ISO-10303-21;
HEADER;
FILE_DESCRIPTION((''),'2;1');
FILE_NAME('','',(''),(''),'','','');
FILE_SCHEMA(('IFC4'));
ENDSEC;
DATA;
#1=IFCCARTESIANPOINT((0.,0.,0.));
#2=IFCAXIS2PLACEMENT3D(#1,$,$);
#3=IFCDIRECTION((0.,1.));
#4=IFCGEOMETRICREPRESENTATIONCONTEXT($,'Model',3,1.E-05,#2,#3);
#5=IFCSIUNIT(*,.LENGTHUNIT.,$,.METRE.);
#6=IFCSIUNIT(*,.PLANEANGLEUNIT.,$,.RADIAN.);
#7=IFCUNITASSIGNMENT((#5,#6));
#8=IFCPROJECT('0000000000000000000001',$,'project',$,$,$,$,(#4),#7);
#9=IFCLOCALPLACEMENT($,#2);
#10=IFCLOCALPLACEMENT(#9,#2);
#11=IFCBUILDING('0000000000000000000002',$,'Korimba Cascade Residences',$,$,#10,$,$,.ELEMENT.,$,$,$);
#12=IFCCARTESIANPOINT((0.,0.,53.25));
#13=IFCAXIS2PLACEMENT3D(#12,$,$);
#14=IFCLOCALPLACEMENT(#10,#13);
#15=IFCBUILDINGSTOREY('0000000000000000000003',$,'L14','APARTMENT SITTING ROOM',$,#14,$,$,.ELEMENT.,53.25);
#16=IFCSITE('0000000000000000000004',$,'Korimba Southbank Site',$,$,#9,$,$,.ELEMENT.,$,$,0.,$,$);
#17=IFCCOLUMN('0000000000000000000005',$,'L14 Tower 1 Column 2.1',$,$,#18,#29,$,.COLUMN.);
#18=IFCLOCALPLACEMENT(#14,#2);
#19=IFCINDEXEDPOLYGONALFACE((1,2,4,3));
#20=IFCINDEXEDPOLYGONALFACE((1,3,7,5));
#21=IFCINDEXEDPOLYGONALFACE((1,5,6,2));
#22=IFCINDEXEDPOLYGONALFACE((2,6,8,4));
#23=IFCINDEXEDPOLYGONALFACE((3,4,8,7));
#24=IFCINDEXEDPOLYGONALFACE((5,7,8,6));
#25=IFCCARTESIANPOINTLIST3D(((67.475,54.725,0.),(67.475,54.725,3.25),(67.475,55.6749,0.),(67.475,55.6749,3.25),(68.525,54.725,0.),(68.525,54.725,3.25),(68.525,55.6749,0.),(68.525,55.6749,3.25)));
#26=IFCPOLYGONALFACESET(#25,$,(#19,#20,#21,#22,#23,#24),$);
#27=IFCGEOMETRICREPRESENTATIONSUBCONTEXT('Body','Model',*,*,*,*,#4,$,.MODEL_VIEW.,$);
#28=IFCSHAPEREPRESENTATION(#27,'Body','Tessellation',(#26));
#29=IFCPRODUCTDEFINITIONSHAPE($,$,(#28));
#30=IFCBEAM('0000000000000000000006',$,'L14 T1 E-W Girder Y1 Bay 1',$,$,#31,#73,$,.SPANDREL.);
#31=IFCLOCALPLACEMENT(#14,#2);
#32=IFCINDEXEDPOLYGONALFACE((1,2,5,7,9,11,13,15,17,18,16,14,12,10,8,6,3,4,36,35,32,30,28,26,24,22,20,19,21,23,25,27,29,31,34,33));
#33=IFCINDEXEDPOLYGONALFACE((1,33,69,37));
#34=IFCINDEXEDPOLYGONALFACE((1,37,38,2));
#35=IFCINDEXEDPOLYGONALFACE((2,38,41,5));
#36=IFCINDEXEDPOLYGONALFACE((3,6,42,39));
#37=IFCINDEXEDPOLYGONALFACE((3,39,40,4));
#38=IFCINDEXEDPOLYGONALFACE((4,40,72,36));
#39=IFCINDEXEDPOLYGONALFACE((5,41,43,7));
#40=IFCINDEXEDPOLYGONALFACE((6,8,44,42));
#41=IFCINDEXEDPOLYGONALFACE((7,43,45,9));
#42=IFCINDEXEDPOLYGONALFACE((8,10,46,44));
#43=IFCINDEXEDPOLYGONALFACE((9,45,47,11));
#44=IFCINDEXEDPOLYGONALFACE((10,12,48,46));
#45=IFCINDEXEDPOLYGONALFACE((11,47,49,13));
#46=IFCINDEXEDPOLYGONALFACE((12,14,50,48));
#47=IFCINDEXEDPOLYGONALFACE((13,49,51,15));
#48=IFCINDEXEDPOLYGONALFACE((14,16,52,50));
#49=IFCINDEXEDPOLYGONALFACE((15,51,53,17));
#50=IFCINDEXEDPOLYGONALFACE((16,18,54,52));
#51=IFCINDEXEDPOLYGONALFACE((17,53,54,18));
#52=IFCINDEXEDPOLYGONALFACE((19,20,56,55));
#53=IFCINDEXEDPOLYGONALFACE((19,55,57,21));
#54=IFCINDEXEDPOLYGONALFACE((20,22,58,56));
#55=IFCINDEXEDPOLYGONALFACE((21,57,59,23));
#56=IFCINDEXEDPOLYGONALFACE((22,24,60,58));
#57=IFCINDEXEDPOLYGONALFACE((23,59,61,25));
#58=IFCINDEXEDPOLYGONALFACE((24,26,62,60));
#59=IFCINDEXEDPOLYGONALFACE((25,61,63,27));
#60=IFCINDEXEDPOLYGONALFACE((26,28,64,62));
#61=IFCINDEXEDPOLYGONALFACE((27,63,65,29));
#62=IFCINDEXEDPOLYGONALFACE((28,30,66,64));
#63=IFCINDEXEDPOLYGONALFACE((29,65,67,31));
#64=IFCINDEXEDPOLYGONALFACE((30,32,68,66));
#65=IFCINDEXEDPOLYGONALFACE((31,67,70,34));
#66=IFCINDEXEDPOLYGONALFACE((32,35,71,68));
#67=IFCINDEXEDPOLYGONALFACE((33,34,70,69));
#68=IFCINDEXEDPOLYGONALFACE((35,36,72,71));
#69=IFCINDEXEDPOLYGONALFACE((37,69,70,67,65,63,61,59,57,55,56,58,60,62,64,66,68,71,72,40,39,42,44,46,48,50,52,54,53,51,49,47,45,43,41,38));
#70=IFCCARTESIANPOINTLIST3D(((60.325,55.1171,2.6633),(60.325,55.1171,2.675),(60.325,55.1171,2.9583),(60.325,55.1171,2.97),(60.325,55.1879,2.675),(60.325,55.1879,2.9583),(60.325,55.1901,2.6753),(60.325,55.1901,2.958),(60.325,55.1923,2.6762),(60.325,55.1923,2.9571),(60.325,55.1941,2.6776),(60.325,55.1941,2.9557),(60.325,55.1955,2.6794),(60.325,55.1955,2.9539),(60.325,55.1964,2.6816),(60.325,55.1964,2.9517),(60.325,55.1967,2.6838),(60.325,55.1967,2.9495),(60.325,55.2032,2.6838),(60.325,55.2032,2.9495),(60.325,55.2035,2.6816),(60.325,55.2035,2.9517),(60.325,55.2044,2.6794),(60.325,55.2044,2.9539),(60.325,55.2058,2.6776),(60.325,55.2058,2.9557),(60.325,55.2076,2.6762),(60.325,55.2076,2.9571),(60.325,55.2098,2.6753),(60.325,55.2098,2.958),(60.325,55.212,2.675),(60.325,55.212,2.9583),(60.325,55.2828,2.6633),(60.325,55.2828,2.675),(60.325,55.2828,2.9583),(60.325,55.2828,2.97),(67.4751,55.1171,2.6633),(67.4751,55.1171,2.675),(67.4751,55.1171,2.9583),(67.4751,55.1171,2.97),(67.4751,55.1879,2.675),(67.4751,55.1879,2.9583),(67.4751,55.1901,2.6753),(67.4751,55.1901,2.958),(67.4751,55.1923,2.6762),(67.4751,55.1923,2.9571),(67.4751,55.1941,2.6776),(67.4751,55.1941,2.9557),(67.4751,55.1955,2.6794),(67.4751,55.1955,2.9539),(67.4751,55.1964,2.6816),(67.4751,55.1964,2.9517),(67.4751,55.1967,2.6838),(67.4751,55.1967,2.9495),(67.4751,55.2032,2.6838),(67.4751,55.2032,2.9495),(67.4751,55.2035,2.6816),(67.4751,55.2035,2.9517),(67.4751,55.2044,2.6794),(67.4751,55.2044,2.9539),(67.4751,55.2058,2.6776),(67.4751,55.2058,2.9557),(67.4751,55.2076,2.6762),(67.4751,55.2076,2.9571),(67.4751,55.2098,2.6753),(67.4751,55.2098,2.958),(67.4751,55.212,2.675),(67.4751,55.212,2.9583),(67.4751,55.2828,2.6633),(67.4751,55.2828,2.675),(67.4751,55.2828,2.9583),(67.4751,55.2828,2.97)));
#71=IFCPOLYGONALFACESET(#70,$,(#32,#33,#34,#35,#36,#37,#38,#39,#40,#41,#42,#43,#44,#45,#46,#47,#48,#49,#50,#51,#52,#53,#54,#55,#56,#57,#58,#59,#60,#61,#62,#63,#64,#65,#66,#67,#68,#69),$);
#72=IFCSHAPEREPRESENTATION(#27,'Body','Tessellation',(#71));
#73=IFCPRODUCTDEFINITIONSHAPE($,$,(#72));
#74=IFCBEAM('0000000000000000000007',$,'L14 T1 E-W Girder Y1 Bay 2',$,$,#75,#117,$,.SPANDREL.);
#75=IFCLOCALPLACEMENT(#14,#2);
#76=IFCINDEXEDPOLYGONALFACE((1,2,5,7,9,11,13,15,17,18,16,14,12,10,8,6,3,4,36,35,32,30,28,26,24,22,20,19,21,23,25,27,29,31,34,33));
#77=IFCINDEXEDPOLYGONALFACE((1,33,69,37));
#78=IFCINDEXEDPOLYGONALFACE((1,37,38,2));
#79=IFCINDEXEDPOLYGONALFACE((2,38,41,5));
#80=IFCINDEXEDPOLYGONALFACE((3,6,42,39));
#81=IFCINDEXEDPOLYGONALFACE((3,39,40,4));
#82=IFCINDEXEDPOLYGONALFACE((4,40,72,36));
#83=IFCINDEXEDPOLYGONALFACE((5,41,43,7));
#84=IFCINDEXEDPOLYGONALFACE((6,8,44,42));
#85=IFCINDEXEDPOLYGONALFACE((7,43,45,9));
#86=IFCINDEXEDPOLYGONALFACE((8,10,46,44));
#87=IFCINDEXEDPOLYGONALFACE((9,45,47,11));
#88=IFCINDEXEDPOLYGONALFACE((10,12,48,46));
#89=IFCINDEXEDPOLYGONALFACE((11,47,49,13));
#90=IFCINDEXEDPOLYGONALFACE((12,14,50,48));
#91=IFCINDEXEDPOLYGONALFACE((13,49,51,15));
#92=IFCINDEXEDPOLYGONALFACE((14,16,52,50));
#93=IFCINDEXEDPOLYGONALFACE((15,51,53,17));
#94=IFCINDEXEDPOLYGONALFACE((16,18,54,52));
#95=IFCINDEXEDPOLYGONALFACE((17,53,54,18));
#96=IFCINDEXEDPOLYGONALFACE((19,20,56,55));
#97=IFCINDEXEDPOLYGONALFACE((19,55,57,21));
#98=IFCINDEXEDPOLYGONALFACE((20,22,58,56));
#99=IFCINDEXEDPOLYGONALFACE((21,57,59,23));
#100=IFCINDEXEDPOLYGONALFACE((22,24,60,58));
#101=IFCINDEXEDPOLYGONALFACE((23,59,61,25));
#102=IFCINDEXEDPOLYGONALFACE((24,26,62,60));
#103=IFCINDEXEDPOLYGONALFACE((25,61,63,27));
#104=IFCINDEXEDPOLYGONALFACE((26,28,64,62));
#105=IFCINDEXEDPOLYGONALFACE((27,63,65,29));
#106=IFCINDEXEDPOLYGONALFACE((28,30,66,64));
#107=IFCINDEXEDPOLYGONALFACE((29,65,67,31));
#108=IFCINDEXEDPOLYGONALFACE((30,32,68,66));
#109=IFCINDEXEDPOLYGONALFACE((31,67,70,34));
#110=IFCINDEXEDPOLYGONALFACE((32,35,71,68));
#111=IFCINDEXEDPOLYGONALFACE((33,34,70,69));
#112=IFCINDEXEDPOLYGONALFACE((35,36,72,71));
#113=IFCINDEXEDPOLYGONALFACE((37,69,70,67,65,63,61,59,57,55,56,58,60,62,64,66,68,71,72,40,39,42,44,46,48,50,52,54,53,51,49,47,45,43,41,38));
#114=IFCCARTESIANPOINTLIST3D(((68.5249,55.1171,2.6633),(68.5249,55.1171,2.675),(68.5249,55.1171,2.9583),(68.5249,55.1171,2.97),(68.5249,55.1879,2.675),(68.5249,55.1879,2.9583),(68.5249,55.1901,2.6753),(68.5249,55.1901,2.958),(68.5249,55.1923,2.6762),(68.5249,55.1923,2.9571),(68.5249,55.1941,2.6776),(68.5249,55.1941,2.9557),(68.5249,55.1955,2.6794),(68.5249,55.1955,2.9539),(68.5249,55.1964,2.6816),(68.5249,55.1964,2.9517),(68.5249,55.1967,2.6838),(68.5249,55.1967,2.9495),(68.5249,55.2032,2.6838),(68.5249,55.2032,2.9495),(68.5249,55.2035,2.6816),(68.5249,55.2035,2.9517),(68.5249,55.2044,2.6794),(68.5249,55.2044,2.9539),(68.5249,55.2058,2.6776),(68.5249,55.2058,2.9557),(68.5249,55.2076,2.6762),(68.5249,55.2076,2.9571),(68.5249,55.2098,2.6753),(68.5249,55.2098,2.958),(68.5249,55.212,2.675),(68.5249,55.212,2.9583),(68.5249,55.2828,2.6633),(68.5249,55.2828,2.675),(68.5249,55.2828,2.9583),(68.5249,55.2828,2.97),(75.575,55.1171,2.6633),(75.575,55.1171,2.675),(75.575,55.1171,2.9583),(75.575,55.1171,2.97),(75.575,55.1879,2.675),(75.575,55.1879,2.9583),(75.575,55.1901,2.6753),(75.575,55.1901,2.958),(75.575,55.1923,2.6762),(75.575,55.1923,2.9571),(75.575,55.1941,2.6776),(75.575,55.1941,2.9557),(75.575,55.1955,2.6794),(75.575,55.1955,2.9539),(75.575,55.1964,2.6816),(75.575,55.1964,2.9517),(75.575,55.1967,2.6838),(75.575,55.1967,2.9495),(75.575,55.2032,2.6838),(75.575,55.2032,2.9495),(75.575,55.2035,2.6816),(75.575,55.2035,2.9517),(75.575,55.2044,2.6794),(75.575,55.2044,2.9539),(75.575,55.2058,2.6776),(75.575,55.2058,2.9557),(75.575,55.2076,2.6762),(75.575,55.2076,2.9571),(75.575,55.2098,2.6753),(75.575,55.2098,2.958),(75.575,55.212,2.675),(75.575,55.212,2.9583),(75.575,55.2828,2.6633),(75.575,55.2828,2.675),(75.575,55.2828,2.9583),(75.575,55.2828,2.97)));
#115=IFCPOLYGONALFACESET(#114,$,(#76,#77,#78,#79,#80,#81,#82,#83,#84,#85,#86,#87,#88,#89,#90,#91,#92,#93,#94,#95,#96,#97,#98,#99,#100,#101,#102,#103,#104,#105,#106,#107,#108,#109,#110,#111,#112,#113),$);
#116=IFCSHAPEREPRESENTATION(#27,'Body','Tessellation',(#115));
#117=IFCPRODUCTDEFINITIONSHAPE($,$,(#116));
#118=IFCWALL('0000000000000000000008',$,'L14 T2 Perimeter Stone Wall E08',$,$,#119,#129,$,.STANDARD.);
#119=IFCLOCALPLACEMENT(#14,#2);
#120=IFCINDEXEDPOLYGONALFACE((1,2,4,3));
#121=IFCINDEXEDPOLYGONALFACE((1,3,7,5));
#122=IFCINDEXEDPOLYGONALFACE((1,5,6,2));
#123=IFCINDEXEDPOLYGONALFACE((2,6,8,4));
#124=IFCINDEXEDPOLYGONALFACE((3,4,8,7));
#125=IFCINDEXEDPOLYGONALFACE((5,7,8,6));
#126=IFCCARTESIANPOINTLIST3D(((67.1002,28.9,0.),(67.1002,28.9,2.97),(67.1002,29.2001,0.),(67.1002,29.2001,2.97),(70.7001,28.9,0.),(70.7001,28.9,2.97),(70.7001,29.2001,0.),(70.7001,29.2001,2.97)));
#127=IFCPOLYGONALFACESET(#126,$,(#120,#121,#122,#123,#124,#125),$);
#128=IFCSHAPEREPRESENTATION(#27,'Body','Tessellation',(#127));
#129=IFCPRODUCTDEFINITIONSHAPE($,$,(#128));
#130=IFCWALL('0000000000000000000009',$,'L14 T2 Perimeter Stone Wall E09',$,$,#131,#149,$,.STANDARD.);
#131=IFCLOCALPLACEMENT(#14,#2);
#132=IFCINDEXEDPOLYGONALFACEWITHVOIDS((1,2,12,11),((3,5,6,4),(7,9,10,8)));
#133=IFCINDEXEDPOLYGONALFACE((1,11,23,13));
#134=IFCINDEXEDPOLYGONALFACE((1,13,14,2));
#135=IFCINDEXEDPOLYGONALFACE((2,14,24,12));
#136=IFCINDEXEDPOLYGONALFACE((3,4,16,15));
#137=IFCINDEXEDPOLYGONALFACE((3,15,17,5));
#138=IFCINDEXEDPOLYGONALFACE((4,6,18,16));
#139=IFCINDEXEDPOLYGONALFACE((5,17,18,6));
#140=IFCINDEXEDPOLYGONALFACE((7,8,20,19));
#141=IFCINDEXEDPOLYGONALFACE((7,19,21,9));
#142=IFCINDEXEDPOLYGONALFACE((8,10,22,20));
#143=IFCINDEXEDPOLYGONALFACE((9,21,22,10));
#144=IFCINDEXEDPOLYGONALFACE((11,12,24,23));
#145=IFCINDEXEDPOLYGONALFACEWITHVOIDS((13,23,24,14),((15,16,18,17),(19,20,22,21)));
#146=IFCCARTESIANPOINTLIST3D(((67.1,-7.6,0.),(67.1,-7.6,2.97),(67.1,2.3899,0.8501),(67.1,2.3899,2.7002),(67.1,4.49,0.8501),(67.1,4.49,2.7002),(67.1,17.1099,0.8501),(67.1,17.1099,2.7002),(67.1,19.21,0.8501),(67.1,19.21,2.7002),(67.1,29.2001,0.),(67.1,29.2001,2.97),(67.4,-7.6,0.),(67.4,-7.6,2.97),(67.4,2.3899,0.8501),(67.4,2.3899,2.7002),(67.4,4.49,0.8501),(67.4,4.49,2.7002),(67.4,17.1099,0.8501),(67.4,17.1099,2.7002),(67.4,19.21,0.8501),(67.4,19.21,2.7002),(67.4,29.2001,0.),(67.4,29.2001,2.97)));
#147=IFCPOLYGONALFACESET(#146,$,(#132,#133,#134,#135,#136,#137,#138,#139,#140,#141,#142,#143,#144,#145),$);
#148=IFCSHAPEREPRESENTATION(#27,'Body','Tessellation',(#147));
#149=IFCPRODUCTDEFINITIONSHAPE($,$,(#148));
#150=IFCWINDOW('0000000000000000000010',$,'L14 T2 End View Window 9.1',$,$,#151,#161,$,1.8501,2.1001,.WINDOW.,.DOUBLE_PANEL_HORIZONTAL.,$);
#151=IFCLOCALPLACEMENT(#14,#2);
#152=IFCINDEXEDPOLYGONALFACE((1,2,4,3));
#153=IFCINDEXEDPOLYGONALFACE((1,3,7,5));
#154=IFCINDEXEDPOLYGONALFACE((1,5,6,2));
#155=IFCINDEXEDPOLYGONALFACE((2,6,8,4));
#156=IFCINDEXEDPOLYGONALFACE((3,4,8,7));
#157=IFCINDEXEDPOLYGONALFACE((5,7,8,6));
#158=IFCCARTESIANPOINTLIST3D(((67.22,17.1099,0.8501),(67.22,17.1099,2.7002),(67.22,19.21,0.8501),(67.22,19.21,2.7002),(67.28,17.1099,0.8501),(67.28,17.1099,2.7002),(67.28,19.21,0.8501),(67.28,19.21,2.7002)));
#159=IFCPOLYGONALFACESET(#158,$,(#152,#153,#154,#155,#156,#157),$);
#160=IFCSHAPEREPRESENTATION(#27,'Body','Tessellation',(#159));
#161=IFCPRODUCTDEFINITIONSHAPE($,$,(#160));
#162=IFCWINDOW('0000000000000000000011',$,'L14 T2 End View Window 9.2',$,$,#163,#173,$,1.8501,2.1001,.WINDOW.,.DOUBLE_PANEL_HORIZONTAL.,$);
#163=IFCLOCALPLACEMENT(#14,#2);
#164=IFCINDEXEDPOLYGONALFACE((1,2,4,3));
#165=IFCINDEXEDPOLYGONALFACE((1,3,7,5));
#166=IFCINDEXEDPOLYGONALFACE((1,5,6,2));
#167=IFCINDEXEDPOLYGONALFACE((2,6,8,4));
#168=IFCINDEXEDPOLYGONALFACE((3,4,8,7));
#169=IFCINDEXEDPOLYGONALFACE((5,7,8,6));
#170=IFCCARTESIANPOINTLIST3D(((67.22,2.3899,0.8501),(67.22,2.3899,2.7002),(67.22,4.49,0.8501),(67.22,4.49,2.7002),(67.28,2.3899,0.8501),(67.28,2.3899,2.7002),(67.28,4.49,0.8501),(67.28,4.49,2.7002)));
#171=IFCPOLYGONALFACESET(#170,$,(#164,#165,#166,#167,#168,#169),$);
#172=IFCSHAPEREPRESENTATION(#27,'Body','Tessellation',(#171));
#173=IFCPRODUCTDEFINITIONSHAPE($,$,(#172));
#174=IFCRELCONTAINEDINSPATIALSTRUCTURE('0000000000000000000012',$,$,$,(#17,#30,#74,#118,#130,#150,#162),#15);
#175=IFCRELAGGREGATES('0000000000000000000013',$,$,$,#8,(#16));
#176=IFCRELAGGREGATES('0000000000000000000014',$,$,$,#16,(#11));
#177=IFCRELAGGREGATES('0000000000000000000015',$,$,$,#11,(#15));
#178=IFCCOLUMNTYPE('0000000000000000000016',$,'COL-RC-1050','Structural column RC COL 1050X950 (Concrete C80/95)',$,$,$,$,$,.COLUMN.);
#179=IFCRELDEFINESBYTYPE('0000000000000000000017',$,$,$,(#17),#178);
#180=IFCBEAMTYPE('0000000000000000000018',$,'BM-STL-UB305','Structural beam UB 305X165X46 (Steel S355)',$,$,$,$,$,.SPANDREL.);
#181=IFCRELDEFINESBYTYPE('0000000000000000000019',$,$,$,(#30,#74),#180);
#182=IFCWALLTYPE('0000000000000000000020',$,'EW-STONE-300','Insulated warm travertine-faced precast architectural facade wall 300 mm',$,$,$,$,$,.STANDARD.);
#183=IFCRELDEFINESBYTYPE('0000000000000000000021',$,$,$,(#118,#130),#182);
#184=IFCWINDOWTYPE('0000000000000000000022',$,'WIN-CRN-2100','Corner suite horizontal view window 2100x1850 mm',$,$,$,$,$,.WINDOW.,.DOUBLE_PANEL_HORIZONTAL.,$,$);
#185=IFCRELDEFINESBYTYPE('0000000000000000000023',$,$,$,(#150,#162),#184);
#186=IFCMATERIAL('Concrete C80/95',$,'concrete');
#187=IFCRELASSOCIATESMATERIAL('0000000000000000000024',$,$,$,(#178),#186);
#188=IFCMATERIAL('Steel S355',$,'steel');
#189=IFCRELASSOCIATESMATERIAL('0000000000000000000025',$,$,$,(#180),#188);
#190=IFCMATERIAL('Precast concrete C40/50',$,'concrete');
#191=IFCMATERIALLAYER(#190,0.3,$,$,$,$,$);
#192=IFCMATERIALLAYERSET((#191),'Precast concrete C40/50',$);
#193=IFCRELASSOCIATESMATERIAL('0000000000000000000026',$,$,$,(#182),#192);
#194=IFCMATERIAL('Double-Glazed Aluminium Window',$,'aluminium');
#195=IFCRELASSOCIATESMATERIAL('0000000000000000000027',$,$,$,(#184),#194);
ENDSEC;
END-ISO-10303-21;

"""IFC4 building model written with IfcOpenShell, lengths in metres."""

from ifc_helpers import new_model, si_unit, direction, frame, frame_2d, origin, origin_2d, place, context, subcontext, project, spatial, rectangle, i_section, extrude, material, layer, layer_set, material_profile, profile_set, type_object, element, fill, save


model = new_model("IFC4")

# Units and contexts
model_context = context("Model", 3, precision=1e-05, world=origin(), true_north=direction((0.0, 1.0)))
body_context = subcontext(model_context, "Body", "Model", "MODEL_VIEW")
ifc_project = project(units=[si_unit("LENGTHUNIT", "METRE"), si_unit("PLANEANGLEUNIT", "RADIAN")], contexts=[model_context])

# Site, building, storey
site_placement = place(None, origin())
site = spatial("IfcSite", under=ifc_project, at=site_placement, Name="Korimba Southbank Site", CompositionType="ELEMENT", RefElevation=0.0)
building_placement = place(site_placement, origin())
building = spatial("IfcBuilding", under=site, at=building_placement, Name="Korimba Cascade Residences", CompositionType="ELEMENT")
storey_placement = place(building_placement, frame((0.0, 0.0, 53.25)))
storey = spatial("IfcBuildingStorey", under=building, at=storey_placement, Name="L14", Description="APARTMENT SITTING ROOM", CompositionType="ELEMENT", Elevation=53.25)

# Column
ifc_material_1 = material(Name="Concrete C80/95", Category="concrete")
ifc_material_profile_1 = material_profile(ifc_material_1, rectangle(XDim=1.05, YDim=0.95, at=origin_2d()), Name="Concrete C80/95")
ifc_profile_set_1 = profile_set([ifc_material_profile_1], Name="Concrete C80/95")
column_type = type_object("IfcColumnType", Name="COL-RC-1050", Description="Structural column RC COL 1050X950 (Concrete C80/95)", PredefinedType="COLUMN", material=ifc_profile_set_1)
column_placement = place(storey_placement, frame((68.0, 55.2, 0.0), z_axis=(0.0, 0.0, 1.0), x_axis=(1.0, 0.0, 0.0)))
element("IfcColumn", 1, at=column_placement, inside=storey, type_object=column_type, Name="L14 Tower 1 Column 2.1", PredefinedType="COLUMN", context=body_context, shape_type="SweptSolid", body=[
    extrude(rectangle(XDim=1.05, YDim=0.95, at=origin_2d()), origin(), (0.0, 0.0, 1.0), 3.25),
])

# Beams
ifc_material_2 = material(Name="Steel S355", Category="steel")
ifc_material_profile_2 = material_profile(ifc_material_2, i_section(OverallWidth=0.1658, OverallDepth=0.3066, WebThickness=0.0066, FlangeThickness=0.0117, FilletRadius=0.0088, at=origin_2d()), Name="Steel S355")
ifc_profile_set_2 = profile_set([ifc_material_profile_2], Name="Steel S355")
beam_type = type_object("IfcBeamType", Name="BM-STL-UB305", Description="Structural beam UB 305X165X46 (Steel S355)", PredefinedType="SPANDREL", material=ifc_profile_set_2)
beam_1_placement = place(storey_placement, frame((60.325, 55.2, 2.8167), z_axis=(1.0, 0.0, 0.0), x_axis=(0.0, 1.0, 0.0)))
element("IfcBeam", 2, at=beam_1_placement, inside=storey, type_object=beam_type, Name="L14 T1 E-W Girder Y1 Bay 1", PredefinedType="SPANDREL", context=body_context, shape_type="SweptSolid", body=[
    extrude(i_section(OverallWidth=0.1658, OverallDepth=0.3066, WebThickness=0.0066, FlangeThickness=0.0117, FilletRadius=0.0088, at=origin_2d()), origin(), (0.0, 0.0, 1.0), 7.1501),
])
beam_2_placement = place(storey_placement, frame((68.5249, 55.2, 2.8167), z_axis=(1.0, 0.0, 0.0), x_axis=(0.0, 1.0, 0.0)))
element("IfcBeam", 3, at=beam_2_placement, inside=storey, type_object=beam_type, Name="L14 T1 E-W Girder Y1 Bay 2", PredefinedType="SPANDREL", context=body_context, shape_type="SweptSolid", body=[
    extrude(i_section(OverallWidth=0.1658, OverallDepth=0.3066, WebThickness=0.0066, FlangeThickness=0.0117, FilletRadius=0.0088, at=origin_2d()), origin(), (0.0, 0.0, 1.0), 7.05),
])

# Wall
ifc_material_3 = material(Name="Precast concrete C40/50", Category="concrete")
ifc_layer_1 = layer(ifc_material_3, 0.3)
ifc_layer_set_1 = layer_set([ifc_layer_1], Name="Precast concrete C40/50")
wall_type_1 = type_object("IfcWallType", Name="EW-STONE-300", Description="Insulated warm travertine-faced precast architectural facade wall 300 mm", PredefinedType="STANDARD", material=ifc_layer_set_1)
wall_1_placement = place(storey_placement, frame((70.7, 29.05, 0.0), z_axis=(0.0, 0.0, 1.0), x_axis=(-1.0, 0.0, 0.0)))
element("IfcWall", 4, at=wall_1_placement, inside=storey, type_object=wall_type_1, Name="L14 T2 Perimeter Stone Wall E08", PredefinedType="STANDARD", context=body_context, shape_type="SweptSolid", body=[
    extrude(rectangle(XDim=3.5999, YDim=0.3, at=frame_2d((1.7998, 0.0))), origin(), (0.0, 0.0, 1.0), 2.97),
])

# Wall, openings, windows
wall_2_placement = place(storey_placement, frame((67.25, 29.2, 0.0), z_axis=(0.0, 0.0, 1.0), x_axis=(0.0, -1.0, 0.0)))
wall_2 = element("IfcWall", 5, at=wall_2_placement, inside=storey, type_object=wall_type_1, Name="L14 T2 Perimeter Stone Wall E09", PredefinedType="STANDARD", context=body_context, shape_type="SweptSolid", body=[
    extrude(rectangle(XDim=36.8, YDim=0.3, at=frame_2d((18.3999, 0.0))), origin(), (0.0, 0.0, 1.0), 2.97),
])
opening_1_placement = place(wall_2_placement, frame((9.99, 0.0, 0.8501)))
opening_1 = element("IfcOpeningElement", 6, at=opening_1_placement, cuts=wall_2, PredefinedType="OPENING", context=body_context, shape_type="SweptSolid", body=[
    extrude(rectangle(XDim=2.1001, YDim=1.8501, at=frame_2d((1.05, 0.925))), frame((0.0, 0.1602, 0.0), z_axis=(0.0, -1.0, 0.0), x_axis=(1.0, 0.0, 0.0)), (0.0, 0.0, 1.0), 0.3201),
])
opening_2_placement = place(wall_2_placement, frame((24.71, 0.0, 0.8501)))
opening_2 = element("IfcOpeningElement", 7, at=opening_2_placement, cuts=wall_2, PredefinedType="OPENING", context=body_context, shape_type="SweptSolid", body=[
    extrude(rectangle(XDim=2.1001, YDim=1.8501, at=frame_2d((1.05, 0.925))), frame((0.0, 0.1602, 0.0), z_axis=(0.0, -1.0, 0.0), x_axis=(1.0, 0.0, 0.0)), (0.0, 0.0, 1.0), 0.3201),
])
ifc_material_4 = material(Name="Double-Glazed Aluminium Window", Category="aluminium")
window_type = type_object("IfcWindowType", Name="WIN-CRN-2100", Description="Corner suite horizontal view window 2100x1850 mm", PartitioningType="DOUBLE_PANEL_HORIZONTAL", PredefinedType="WINDOW", material=ifc_material_4)
window_1_placement = place(opening_1_placement, origin())
window_1 = element("IfcWindow", 8, at=window_1_placement, inside=storey, type_object=window_type, Name="L14 T2 End View Window 9.1", OverallHeight=1.8501, OverallWidth=2.1001, PartitioningType="DOUBLE_PANEL_HORIZONTAL", PredefinedType="WINDOW", context=body_context, shape_type="SweptSolid", body=[
    extrude(rectangle(XDim=2.1001, YDim=1.8501, at=frame_2d((1.05, 0.925))), frame((0.0, 0.03, 0.0), z_axis=(0.0, -1.0, 0.0), x_axis=(1.0, 0.0, 0.0)), (0.0, 0.0, 1.0), 0.0601),
])
fill(opening_1, window_1)
window_2_placement = place(opening_2_placement, origin())
window_2 = element("IfcWindow", 9, at=window_2_placement, inside=storey, type_object=window_type, Name="L14 T2 End View Window 9.2", OverallHeight=1.8501, OverallWidth=2.1001, PartitioningType="DOUBLE_PANEL_HORIZONTAL", PredefinedType="WINDOW", context=body_context, shape_type="SweptSolid", body=[
    extrude(rectangle(XDim=2.1001, YDim=1.8501, at=frame_2d((1.05, 0.925))), frame((0.0, 0.03, 0.0), z_axis=(0.0, -1.0, 0.0), x_axis=(1.0, 0.0, 0.0)), (0.0, 0.0, 1.0), 0.0601),
])
fill(opening_2, window_2)

save(model, "model.ifc")
